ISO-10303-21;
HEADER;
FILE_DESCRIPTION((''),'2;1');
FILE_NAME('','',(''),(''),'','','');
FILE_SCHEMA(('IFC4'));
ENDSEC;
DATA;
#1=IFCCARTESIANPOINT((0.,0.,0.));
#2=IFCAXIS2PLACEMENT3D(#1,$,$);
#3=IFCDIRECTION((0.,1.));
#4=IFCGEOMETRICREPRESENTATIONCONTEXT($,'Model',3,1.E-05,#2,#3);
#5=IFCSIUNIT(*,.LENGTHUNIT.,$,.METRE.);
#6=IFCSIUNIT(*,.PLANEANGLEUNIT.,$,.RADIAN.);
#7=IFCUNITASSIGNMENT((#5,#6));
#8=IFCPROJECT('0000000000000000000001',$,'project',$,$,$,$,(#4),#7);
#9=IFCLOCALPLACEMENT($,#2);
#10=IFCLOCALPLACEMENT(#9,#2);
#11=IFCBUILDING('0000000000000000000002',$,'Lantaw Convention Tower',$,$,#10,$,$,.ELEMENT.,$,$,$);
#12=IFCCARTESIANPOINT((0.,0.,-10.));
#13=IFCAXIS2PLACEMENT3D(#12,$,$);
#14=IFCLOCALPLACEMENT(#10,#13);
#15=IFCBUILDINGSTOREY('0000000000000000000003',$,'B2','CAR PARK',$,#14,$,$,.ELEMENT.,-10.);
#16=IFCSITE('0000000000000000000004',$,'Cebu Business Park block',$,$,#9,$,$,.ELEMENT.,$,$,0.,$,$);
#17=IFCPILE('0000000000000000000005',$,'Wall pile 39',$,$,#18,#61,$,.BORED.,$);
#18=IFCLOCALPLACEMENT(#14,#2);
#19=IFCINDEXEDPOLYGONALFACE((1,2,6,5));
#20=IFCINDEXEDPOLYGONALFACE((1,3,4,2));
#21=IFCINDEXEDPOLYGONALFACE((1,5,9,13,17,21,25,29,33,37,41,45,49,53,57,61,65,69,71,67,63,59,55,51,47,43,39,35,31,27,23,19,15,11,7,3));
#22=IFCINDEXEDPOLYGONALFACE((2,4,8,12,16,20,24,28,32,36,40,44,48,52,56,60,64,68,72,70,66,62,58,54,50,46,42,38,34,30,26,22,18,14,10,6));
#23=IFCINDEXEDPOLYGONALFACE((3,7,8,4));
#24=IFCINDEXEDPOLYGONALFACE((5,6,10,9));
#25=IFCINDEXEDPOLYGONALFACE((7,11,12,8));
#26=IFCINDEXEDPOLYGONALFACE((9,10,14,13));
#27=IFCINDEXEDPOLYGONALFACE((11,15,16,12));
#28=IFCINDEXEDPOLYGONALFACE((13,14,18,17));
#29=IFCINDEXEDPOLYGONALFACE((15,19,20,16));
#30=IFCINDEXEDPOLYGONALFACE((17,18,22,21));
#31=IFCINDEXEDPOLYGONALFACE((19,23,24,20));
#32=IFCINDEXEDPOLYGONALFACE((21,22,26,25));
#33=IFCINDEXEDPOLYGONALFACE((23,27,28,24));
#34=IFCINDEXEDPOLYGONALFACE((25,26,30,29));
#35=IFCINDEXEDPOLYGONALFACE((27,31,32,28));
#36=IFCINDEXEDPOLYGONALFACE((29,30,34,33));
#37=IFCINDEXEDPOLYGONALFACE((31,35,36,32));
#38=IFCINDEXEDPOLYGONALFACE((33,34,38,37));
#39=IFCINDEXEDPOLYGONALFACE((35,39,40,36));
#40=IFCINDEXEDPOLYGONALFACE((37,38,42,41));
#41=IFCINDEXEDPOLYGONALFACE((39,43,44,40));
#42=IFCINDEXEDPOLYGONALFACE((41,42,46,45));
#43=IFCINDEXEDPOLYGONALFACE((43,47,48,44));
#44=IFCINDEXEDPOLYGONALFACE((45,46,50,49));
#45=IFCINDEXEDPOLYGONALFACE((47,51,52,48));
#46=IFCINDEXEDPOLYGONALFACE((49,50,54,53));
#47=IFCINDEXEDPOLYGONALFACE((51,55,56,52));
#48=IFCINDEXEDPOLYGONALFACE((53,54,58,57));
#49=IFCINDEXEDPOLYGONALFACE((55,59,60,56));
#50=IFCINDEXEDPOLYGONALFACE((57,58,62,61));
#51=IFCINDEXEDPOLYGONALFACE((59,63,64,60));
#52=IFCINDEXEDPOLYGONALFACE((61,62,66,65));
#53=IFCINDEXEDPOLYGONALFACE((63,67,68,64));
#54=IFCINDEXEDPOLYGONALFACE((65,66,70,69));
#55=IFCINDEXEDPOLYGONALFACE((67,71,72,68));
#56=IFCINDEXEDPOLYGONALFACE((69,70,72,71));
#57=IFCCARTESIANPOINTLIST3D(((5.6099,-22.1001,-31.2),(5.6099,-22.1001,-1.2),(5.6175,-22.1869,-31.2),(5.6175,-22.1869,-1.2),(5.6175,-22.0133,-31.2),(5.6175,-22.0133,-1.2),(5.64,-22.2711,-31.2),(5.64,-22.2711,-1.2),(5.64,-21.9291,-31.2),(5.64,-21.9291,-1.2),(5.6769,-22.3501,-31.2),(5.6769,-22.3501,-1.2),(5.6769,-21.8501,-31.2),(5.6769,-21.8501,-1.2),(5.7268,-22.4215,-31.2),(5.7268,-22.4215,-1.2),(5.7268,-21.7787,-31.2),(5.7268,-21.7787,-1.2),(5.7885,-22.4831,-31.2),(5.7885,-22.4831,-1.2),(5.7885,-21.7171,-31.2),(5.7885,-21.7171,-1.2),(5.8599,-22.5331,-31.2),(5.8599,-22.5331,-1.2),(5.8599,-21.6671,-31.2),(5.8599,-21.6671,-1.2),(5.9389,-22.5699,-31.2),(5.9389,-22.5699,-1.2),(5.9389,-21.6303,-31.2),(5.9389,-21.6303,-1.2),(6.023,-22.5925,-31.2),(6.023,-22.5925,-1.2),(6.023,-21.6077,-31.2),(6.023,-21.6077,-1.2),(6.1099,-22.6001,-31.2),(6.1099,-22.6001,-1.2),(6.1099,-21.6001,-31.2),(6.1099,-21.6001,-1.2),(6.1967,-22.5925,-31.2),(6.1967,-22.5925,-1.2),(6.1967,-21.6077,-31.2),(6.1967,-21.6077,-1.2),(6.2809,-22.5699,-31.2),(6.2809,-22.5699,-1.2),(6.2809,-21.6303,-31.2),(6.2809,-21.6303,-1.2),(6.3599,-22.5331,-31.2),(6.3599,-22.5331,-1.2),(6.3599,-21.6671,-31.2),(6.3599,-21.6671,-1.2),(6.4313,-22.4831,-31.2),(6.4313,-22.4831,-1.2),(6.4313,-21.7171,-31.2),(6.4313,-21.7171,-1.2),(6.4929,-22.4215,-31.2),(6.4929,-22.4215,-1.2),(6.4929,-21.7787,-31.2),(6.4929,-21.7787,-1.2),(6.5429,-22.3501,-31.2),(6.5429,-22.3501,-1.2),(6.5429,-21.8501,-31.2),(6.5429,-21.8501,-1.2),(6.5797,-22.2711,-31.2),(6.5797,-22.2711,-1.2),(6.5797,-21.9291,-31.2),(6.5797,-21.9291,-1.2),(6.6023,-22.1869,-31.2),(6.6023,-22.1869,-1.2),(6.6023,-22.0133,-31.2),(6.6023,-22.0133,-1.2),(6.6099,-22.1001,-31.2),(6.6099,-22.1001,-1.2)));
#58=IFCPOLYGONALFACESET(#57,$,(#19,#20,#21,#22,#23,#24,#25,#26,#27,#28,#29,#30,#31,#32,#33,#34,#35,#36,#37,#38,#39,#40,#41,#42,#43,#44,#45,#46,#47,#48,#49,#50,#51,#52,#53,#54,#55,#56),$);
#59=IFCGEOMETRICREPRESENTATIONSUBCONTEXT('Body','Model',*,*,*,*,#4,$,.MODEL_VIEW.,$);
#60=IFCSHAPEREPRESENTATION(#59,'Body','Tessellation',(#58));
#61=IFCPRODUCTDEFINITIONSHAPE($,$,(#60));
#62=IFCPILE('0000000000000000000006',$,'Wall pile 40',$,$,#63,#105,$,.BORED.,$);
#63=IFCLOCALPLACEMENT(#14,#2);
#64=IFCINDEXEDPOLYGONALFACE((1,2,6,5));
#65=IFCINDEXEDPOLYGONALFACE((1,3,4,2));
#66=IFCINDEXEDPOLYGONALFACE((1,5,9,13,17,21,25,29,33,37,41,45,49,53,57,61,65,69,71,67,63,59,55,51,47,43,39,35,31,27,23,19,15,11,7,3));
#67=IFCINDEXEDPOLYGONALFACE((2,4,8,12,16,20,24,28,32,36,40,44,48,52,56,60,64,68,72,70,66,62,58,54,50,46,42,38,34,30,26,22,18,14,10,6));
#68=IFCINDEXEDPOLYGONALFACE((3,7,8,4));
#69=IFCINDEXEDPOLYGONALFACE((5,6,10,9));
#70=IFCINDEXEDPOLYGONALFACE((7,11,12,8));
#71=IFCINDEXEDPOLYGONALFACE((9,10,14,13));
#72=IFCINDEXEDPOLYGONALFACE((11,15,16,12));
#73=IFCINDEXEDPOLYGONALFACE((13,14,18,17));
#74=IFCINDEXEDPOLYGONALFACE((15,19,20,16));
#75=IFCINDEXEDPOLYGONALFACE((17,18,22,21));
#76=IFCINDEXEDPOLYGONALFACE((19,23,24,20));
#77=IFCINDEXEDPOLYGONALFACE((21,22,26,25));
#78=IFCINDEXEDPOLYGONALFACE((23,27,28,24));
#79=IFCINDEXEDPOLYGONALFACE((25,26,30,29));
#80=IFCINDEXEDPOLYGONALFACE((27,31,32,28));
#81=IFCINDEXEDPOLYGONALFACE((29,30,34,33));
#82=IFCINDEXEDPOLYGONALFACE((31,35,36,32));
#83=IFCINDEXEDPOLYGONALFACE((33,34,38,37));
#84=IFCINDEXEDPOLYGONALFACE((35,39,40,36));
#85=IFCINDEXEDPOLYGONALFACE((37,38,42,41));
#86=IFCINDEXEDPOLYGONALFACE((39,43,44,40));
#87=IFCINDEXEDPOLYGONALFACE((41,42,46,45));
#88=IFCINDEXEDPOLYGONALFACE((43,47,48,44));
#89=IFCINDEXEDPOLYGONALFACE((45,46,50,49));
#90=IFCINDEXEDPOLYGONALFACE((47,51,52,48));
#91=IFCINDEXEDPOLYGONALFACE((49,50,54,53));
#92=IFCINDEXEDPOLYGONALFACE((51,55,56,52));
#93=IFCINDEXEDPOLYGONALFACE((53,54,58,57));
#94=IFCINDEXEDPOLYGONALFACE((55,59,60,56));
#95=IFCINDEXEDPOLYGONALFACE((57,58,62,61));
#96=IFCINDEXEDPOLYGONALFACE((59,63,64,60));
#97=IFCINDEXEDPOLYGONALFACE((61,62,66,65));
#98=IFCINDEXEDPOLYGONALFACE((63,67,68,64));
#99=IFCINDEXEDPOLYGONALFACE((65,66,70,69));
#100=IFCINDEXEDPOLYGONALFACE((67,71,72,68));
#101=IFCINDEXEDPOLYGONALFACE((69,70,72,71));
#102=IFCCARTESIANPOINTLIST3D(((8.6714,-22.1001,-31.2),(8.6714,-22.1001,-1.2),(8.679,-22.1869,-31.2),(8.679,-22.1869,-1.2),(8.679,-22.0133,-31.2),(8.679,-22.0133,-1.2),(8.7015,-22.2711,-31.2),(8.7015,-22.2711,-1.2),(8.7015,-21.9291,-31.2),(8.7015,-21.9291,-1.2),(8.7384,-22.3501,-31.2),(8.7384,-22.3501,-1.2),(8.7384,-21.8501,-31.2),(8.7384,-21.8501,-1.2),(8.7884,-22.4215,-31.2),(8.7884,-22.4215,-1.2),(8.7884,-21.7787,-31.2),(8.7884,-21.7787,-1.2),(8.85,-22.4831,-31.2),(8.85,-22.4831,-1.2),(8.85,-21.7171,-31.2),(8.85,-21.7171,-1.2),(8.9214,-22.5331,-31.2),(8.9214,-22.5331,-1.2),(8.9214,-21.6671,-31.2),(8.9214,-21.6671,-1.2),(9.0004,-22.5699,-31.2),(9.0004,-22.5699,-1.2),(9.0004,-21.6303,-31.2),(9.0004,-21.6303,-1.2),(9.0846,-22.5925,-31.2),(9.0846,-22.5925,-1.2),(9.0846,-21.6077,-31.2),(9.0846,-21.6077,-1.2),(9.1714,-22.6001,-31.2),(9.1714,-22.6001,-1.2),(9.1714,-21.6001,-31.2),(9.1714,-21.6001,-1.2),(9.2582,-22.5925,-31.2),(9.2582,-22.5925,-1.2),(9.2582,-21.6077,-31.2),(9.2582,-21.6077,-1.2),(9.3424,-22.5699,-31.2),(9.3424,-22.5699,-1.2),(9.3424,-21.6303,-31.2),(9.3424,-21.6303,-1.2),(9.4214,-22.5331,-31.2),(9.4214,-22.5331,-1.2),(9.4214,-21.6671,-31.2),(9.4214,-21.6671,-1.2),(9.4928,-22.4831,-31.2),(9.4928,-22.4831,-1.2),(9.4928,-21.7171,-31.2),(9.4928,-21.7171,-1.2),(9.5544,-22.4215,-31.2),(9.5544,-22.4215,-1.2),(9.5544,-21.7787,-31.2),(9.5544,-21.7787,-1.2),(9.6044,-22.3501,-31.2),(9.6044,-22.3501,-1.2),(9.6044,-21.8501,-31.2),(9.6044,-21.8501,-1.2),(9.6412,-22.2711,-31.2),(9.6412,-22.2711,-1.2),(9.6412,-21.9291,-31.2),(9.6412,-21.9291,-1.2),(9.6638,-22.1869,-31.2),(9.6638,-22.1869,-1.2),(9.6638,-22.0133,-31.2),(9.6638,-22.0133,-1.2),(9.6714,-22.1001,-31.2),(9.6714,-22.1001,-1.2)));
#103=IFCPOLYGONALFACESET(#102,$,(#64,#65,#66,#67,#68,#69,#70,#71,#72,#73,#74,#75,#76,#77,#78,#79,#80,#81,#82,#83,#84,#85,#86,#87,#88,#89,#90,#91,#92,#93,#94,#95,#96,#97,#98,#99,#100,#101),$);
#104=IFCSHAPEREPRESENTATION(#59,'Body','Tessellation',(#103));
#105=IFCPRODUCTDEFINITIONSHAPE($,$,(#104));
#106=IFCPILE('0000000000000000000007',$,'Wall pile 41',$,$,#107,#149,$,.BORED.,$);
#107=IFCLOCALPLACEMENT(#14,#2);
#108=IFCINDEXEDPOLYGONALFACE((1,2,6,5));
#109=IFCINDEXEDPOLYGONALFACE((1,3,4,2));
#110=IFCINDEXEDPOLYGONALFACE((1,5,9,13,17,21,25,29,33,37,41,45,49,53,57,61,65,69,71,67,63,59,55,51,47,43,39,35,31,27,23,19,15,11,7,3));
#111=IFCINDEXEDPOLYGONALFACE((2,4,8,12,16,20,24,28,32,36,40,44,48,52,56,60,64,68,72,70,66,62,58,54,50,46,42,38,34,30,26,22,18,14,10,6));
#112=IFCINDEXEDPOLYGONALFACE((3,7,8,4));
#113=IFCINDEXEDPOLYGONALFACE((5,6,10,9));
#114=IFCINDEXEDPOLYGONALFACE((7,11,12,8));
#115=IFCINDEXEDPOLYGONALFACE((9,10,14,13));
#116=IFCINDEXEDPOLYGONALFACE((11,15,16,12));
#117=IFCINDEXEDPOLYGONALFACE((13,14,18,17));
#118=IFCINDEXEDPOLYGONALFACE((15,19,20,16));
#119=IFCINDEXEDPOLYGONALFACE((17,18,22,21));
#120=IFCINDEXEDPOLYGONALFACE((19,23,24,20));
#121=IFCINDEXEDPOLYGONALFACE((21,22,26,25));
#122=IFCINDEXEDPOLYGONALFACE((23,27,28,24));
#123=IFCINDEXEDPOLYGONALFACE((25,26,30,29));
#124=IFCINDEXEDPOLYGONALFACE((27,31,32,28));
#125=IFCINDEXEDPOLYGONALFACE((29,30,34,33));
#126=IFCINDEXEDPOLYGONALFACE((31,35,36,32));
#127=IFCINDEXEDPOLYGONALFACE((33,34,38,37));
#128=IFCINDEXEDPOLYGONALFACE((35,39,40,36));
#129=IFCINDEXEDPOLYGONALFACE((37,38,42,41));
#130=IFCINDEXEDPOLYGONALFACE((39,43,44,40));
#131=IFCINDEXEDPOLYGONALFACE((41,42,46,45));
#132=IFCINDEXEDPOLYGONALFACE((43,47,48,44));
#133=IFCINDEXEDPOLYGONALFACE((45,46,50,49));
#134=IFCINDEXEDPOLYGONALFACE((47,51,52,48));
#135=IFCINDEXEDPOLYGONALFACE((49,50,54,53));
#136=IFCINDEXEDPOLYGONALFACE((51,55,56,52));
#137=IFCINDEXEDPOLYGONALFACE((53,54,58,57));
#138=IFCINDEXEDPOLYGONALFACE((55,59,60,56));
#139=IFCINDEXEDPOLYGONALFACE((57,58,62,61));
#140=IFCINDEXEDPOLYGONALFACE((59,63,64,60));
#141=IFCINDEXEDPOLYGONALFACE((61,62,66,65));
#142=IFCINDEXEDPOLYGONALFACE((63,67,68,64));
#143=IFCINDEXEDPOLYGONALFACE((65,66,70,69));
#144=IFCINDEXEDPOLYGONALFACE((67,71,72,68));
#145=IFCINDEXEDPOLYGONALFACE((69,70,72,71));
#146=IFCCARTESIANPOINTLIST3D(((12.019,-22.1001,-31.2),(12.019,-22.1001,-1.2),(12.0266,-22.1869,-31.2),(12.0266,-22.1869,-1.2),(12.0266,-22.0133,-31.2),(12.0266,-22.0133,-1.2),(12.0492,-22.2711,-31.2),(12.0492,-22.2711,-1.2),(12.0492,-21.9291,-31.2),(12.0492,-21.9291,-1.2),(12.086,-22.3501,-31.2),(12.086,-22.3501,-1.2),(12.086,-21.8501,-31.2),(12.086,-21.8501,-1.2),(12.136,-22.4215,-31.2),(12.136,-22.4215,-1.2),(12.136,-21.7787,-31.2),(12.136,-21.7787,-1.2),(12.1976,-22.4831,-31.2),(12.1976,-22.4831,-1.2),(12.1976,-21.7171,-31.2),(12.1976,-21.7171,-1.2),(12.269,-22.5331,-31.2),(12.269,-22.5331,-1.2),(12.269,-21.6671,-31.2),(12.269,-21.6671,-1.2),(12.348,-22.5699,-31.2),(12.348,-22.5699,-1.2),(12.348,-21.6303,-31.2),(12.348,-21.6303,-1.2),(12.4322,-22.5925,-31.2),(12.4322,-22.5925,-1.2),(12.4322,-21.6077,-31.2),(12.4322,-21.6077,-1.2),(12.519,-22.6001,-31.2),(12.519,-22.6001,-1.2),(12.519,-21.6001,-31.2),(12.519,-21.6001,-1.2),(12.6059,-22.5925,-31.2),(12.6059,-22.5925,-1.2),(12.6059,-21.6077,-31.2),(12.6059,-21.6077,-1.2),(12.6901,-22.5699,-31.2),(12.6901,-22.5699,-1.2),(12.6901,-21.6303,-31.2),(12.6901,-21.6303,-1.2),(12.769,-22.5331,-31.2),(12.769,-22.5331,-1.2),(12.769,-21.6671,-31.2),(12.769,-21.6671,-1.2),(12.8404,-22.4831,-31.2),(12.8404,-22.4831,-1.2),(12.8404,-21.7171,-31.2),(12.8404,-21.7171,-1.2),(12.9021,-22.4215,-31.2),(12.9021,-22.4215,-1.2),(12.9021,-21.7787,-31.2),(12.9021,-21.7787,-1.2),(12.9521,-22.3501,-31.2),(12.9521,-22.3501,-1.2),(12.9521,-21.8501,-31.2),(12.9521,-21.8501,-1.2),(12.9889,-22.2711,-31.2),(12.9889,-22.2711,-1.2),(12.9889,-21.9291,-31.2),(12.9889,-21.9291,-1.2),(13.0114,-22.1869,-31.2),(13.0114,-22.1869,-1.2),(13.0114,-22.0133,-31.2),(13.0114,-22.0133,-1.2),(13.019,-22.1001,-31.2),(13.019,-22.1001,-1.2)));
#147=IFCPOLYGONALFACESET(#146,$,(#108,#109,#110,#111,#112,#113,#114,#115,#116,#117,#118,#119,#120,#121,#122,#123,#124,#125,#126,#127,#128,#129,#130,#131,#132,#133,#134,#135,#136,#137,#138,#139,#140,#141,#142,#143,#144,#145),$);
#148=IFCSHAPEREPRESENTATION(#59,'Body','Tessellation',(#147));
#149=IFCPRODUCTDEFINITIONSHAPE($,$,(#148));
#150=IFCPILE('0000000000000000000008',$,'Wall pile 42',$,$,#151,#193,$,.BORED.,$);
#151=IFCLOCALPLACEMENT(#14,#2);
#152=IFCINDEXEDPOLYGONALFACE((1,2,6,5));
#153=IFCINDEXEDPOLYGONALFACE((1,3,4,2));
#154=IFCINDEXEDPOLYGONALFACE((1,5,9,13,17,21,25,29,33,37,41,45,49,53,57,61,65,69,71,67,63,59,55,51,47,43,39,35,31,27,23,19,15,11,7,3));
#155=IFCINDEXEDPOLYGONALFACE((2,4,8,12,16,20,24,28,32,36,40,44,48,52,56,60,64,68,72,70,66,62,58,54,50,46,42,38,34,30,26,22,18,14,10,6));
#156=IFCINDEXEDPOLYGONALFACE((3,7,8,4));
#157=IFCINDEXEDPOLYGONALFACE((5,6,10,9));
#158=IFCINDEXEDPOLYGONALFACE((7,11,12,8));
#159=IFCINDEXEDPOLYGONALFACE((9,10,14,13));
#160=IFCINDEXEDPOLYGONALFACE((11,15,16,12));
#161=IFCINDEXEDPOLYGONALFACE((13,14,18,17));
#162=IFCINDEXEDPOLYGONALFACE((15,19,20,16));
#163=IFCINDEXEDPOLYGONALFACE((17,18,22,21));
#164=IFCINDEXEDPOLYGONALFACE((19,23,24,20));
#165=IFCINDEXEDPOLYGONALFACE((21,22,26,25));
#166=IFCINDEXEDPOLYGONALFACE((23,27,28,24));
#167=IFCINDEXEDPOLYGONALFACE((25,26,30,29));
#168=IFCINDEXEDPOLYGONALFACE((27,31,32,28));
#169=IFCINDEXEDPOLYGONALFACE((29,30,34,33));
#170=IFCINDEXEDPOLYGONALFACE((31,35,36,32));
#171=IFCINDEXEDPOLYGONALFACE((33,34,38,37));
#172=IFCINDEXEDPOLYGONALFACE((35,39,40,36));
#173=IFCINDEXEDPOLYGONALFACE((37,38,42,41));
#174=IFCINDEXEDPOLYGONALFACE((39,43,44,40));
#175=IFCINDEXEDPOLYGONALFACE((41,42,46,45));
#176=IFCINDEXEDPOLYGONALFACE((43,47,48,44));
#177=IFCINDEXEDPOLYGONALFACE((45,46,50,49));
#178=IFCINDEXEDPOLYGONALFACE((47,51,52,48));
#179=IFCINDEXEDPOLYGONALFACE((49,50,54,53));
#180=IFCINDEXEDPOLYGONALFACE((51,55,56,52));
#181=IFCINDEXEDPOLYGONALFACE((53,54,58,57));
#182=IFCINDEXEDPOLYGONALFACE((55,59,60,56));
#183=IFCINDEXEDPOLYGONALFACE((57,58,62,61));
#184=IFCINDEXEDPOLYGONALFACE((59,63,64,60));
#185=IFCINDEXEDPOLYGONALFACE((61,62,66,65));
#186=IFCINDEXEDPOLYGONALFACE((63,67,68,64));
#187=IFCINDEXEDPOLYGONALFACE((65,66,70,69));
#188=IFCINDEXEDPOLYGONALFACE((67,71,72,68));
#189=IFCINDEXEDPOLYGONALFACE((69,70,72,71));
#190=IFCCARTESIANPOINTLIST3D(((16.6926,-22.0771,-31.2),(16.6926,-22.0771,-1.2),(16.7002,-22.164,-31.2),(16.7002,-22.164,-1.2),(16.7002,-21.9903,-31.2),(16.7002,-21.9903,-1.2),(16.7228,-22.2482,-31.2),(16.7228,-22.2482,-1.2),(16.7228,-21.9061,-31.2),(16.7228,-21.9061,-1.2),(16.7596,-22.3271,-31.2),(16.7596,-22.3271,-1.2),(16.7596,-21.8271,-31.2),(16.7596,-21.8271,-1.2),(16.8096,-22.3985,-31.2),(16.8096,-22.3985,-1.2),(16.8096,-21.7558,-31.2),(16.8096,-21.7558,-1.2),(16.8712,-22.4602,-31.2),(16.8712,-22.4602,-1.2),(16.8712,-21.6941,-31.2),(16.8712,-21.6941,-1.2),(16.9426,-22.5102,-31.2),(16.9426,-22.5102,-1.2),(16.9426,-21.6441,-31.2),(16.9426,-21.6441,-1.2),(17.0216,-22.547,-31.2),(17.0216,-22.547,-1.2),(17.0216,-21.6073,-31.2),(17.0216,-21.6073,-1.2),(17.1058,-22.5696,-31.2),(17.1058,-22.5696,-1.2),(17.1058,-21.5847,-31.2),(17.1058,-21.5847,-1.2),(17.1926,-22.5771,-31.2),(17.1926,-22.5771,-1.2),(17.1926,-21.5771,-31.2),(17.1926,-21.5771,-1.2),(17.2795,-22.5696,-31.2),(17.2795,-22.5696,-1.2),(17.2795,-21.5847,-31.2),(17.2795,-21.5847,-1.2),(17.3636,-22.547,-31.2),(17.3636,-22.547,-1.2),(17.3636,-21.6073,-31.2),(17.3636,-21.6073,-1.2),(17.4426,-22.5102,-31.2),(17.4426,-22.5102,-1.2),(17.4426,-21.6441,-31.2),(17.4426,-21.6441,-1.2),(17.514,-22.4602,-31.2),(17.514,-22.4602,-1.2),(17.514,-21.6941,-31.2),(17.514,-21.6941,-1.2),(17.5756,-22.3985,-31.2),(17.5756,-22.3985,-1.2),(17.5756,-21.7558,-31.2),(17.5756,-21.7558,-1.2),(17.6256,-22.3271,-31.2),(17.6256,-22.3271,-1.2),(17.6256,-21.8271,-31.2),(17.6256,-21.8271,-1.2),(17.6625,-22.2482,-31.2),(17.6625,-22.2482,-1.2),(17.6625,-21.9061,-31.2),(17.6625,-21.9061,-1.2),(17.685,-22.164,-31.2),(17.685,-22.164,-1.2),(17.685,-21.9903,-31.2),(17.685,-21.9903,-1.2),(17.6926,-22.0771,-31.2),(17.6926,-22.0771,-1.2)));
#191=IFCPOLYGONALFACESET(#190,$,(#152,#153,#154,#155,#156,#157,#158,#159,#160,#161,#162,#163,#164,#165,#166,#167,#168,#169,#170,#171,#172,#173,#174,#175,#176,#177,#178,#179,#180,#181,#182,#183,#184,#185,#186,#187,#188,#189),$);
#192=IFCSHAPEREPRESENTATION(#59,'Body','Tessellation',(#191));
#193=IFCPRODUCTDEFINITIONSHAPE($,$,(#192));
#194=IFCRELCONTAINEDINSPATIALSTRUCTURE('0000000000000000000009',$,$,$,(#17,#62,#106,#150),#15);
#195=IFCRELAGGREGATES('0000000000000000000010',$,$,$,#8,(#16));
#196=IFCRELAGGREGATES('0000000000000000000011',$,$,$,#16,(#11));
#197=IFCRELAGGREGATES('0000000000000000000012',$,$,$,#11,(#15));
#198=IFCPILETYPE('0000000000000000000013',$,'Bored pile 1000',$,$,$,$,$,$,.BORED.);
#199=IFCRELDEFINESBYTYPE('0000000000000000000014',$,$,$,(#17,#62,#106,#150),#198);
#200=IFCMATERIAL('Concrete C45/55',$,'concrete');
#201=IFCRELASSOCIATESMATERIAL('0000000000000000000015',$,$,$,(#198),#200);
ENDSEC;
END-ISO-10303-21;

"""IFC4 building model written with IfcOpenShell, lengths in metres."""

from ifc_helpers import new_model, si_unit, direction, frame, origin, origin_2d, place, context, subcontext, project, spatial, circle, extrude, material, material_profile, profile_set, type_object, element, save


model = new_model("IFC4")

# Units and contexts
model_context = context("Model", 3, precision=1e-05, world=origin(), true_north=direction((0.0, 1.0)))
body_context = subcontext(model_context, "Body", "Model", "MODEL_VIEW")
ifc_project = project(units=[si_unit("LENGTHUNIT", "METRE"), si_unit("PLANEANGLEUNIT", "RADIAN")], contexts=[model_context])

# Site, building, storey
site_placement = place(None, origin())
site = spatial("IfcSite", under=ifc_project, at=site_placement, Name="Cebu Business Park block", CompositionType="ELEMENT", RefElevation=0.0)
building_placement = place(site_placement, origin())
building = spatial("IfcBuilding", under=site, at=building_placement, Name="Lantaw Convention Tower", CompositionType="ELEMENT")
storey_placement = place(building_placement, frame((0.0, 0.0, -10.0)))
storey = spatial("IfcBuildingStorey", under=building, at=storey_placement, Name="B2", Description="CAR PARK", CompositionType="ELEMENT", Elevation=-10.0)

# Piles
ifc_material_1 = material(Name="Concrete C45/55", Category="concrete")
ifc_material_profile_1 = material_profile(ifc_material_1, circle(Radius=0.5, at=origin_2d()), Name="Bored pile 1000")
ifc_profile_set_1 = profile_set([ifc_material_profile_1], Name="Concrete C45/55")
pile_type_1 = type_object("IfcPileType", Name="Bored pile 1000", PredefinedType="BORED", material=ifc_profile_set_1)
for number, where, z_axis, x_axis, name in (
    (1, (6.1099, -22.1001, -1.2), (0.0, 0.0, -1.0), (1.0, 0.0, 0.0), "Wall pile 39"),
    (2, (9.1714, -22.1001, -1.2), (0.0, 0.0, -1.0), (1.0, 0.0, 0.0), "Wall pile 40"),
    (3, (12.519, -22.1001, -1.2), (0.0, 0.0, -1.0), (1.0, 0.0, 0.0), "Wall pile 41"),
    (4, (17.1926, -22.0771, -1.2), (0.0, 0.0, -1.0), (1.0, 0.0, 0.0), "Wall pile 42"),
):
    element("IfcPile", number, at=place(storey_placement, frame(where, z_axis=z_axis, x_axis=x_axis)), inside=storey, type_object=pile_type_1, Name=name, PredefinedType="BORED", context=body_context, shape_type="SweptSolid", body=[
        extrude(circle(Radius=0.5, at=origin_2d()), origin(), (0.0, 0.0, 1.0), 30.0),
    ])

save(model, "model.ifc")
